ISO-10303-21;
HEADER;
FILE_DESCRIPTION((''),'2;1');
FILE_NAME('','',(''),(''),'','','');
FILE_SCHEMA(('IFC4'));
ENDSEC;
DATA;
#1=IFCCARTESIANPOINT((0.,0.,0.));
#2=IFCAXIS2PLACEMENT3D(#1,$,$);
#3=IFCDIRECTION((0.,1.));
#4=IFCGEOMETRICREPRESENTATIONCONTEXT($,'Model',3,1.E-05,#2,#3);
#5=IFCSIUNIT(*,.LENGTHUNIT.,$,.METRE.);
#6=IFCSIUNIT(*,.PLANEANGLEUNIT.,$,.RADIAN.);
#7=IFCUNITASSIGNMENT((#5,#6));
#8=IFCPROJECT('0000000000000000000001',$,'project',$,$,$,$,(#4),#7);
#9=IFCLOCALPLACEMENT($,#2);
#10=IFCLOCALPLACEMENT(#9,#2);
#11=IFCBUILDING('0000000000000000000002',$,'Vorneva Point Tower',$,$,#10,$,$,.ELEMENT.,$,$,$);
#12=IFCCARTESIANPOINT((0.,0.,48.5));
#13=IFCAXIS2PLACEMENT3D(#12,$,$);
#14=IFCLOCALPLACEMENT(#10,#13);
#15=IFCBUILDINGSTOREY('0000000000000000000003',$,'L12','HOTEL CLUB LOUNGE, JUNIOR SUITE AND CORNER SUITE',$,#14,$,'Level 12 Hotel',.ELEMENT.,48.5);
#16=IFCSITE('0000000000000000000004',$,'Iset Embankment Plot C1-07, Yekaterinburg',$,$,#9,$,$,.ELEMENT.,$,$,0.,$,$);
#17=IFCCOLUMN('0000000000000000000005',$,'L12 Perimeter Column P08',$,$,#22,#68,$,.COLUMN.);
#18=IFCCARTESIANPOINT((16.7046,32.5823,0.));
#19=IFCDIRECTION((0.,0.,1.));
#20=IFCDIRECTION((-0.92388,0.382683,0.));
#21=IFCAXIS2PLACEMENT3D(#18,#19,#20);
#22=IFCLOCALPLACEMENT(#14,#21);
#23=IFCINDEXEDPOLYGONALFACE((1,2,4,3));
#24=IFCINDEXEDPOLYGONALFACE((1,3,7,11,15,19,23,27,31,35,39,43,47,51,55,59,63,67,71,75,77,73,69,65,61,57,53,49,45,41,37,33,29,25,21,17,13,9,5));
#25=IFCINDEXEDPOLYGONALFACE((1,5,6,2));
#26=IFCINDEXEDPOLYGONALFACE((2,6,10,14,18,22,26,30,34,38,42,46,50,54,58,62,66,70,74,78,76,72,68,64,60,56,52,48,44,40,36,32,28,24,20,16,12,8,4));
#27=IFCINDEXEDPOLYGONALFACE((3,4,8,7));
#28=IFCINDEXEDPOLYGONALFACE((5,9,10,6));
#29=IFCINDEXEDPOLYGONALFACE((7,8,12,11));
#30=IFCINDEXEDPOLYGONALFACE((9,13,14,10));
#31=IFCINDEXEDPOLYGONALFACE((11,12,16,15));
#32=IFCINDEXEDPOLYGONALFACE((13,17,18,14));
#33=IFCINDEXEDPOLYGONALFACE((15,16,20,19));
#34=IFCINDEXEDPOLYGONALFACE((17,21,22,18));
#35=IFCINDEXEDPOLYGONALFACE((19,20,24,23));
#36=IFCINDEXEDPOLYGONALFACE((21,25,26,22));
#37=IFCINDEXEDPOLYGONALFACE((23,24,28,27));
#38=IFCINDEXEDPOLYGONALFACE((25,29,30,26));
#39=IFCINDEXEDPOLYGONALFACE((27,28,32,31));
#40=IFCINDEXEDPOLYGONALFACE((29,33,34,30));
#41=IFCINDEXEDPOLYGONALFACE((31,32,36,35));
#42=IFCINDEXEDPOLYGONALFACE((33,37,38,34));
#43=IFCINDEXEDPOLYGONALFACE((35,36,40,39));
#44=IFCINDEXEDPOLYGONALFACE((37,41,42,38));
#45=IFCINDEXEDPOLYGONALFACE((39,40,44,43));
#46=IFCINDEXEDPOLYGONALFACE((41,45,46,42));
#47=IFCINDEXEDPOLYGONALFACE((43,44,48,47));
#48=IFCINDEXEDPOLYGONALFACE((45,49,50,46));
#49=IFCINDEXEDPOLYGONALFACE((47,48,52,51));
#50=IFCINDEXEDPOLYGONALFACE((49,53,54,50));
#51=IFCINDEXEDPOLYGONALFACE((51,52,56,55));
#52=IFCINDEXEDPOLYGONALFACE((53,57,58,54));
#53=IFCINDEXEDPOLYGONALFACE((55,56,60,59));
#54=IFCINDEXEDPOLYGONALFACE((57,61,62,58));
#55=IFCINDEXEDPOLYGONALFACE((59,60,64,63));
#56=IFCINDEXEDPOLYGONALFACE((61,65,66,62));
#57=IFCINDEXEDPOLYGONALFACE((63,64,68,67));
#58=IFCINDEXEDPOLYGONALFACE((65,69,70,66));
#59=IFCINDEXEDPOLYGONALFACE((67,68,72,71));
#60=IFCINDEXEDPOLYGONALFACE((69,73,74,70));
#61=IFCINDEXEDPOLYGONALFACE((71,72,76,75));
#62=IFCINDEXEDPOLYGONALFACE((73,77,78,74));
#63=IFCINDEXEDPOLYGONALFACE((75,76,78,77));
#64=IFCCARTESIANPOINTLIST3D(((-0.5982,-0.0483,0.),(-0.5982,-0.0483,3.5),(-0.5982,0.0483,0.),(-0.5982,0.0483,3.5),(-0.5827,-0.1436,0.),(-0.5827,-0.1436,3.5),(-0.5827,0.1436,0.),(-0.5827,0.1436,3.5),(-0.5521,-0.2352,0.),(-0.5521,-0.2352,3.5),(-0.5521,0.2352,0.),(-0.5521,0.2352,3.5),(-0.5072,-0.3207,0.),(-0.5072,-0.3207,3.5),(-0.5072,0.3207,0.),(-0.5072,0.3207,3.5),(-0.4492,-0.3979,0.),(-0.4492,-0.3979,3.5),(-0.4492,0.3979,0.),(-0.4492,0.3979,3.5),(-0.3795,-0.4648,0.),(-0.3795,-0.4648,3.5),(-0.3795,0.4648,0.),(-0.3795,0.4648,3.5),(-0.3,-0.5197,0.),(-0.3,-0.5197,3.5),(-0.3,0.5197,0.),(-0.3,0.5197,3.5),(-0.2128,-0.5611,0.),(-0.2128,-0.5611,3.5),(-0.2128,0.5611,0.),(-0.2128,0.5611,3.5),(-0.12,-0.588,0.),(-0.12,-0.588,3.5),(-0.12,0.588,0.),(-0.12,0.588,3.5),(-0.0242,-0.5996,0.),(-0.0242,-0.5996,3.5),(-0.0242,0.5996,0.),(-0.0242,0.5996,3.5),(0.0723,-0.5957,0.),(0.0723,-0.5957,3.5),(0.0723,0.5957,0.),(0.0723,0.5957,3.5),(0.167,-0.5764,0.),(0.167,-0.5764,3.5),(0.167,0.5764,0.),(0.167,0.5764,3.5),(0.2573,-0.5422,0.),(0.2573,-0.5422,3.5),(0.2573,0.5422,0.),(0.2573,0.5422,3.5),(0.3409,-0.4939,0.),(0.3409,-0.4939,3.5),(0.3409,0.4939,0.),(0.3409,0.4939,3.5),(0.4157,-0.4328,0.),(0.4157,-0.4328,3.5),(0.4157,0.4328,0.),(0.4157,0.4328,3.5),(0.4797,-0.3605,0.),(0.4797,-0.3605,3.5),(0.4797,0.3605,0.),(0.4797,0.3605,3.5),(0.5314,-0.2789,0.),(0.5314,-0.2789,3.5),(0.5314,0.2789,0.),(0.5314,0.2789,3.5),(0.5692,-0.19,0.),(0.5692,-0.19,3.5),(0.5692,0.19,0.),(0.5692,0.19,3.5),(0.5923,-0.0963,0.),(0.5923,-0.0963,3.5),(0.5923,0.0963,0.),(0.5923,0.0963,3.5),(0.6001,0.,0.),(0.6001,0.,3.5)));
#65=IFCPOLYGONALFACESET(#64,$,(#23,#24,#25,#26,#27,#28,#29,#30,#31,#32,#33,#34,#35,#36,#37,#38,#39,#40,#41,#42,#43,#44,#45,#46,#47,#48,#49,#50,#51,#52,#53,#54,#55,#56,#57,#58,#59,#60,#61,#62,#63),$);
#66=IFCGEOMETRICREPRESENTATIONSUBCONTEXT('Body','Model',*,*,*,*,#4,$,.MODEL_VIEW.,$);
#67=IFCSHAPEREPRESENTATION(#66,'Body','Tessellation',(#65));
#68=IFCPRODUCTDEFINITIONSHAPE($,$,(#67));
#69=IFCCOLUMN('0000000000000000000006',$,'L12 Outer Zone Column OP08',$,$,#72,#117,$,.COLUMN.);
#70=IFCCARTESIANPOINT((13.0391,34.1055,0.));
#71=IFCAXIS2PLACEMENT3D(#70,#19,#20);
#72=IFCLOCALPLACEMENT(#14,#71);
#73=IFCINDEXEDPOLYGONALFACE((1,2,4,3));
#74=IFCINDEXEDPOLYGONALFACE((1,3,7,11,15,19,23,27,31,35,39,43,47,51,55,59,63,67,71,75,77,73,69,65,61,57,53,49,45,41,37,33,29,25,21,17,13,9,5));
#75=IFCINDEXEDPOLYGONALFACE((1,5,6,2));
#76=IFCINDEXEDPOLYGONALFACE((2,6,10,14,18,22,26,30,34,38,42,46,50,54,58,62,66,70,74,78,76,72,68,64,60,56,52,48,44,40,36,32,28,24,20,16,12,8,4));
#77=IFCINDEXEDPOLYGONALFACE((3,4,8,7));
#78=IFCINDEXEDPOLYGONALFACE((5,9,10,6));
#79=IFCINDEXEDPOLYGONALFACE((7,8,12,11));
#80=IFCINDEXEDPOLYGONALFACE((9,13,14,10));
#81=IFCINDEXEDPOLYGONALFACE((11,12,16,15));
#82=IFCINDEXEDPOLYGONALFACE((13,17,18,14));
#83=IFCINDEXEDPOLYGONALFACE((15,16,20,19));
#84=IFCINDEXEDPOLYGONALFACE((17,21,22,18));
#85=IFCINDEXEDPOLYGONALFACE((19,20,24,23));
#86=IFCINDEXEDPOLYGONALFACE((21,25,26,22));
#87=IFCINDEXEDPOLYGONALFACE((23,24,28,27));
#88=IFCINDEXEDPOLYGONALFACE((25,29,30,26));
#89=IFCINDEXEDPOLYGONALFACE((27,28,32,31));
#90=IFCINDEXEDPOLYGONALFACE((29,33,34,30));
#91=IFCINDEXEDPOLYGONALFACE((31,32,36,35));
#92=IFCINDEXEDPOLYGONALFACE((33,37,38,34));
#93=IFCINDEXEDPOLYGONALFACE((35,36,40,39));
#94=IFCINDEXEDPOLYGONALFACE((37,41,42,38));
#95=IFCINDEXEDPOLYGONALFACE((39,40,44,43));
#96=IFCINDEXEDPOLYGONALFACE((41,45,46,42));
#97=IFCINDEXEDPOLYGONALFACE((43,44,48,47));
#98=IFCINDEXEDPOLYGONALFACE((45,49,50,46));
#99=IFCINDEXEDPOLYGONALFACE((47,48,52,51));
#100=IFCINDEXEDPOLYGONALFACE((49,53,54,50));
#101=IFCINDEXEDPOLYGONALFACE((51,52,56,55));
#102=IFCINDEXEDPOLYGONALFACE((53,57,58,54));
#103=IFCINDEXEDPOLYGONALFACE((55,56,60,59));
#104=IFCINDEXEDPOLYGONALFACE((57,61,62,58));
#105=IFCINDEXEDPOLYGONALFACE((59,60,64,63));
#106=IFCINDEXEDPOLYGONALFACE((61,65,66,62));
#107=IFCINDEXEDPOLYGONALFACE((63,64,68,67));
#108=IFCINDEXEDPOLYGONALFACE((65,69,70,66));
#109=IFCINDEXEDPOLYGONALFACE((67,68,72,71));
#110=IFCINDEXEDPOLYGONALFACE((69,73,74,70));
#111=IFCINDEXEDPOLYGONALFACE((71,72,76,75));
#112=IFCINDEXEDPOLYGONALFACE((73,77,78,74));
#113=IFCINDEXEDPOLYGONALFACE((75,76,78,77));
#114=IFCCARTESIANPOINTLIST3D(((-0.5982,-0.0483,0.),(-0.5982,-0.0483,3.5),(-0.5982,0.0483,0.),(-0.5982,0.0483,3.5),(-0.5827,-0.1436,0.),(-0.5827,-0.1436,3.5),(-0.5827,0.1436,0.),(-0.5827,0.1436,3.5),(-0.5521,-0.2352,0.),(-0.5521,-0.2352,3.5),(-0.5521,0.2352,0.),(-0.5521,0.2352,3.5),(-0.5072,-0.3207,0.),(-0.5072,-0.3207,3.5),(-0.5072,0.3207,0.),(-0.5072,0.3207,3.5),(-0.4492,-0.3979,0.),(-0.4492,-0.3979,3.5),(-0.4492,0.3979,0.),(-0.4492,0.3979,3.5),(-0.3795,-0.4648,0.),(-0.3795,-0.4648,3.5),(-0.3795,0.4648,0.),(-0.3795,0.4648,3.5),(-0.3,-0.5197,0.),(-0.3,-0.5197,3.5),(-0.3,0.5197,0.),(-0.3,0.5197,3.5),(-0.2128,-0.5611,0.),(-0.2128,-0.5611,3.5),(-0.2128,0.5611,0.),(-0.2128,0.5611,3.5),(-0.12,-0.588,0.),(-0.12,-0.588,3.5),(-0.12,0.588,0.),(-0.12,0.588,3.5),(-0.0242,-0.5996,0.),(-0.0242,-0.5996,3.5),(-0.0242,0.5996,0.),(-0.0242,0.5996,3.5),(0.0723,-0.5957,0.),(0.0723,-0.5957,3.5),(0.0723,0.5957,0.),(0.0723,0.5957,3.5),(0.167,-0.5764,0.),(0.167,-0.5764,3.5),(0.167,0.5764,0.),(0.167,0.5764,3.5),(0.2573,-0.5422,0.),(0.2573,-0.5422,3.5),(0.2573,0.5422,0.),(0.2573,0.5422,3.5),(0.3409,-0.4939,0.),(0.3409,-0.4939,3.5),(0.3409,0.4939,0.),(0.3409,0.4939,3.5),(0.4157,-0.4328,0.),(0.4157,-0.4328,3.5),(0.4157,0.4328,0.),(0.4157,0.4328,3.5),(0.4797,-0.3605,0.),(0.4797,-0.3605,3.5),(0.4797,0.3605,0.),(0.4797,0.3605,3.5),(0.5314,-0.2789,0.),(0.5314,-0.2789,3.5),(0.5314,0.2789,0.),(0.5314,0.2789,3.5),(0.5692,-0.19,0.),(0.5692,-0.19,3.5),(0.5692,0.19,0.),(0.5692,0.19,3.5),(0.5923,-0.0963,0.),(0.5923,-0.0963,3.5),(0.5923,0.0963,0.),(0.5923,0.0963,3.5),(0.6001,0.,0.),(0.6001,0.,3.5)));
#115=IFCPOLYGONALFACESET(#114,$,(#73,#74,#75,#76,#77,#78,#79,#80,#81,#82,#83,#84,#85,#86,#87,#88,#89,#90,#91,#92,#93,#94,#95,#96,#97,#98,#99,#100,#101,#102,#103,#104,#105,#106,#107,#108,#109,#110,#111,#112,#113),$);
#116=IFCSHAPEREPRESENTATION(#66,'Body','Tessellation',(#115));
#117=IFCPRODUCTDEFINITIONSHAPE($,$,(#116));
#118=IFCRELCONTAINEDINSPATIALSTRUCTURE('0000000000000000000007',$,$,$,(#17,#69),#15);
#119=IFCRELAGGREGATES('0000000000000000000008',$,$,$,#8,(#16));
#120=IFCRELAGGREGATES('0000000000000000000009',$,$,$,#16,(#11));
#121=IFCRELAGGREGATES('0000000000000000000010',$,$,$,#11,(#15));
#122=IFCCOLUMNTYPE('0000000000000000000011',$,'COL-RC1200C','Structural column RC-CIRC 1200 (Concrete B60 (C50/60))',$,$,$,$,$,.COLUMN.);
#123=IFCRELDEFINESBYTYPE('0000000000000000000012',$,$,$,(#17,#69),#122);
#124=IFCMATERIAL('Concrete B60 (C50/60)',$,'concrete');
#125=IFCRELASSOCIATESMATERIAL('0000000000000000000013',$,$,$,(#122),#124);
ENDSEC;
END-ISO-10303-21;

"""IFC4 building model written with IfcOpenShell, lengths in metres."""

from ifc_helpers import new_model, si_unit, direction, frame, origin, origin_2d, place, context, subcontext, project, spatial, circle, extrude, material, material_profile, profile_set, type_object, element, save


model = new_model("IFC4")

# Units and contexts
model_context = context("Model", 3, precision=1e-05, world=origin(), true_north=direction((0.0, 1.0)))
body_context = subcontext(model_context, "Body", "Model", "MODEL_VIEW")
ifc_project = project(units=[si_unit("LENGTHUNIT", "METRE"), si_unit("PLANEANGLEUNIT", "RADIAN")], contexts=[model_context])

# Site, building, storey
site_placement = place(None, origin())
site = spatial("IfcSite", under=ifc_project, at=site_placement, Name="Iset Embankment Plot C1-07, Yekaterinburg", CompositionType="ELEMENT", RefElevation=0.0)
building_placement = place(site_placement, origin())
building = spatial("IfcBuilding", under=site, at=building_placement, Name="Vorneva Point Tower", CompositionType="ELEMENT")
storey_placement = place(building_placement, frame((0.0, 0.0, 48.5)))
storey = spatial("IfcBuildingStorey", under=building, at=storey_placement, Name="L12", Description="HOTEL CLUB LOUNGE, JUNIOR SUITE AND CORNER SUITE", LongName="Level 12 Hotel", CompositionType="ELEMENT", Elevation=48.5)

# Columns
ifc_material_1 = material(Name="Concrete B60 (C50/60)", Category="concrete")
ifc_material_profile_1 = material_profile(ifc_material_1, circle(Radius=0.6001, at=origin_2d()), Name="RC-CIRC 1200")
ifc_profile_set_1 = profile_set([ifc_material_profile_1], Name="Concrete B60 (C50/60)")
column_type_1 = type_object("IfcColumnType", Name="COL-RC1200C", Description="Structural column RC-CIRC 1200 (Concrete B60 (C50/60))", PredefinedType="COLUMN", material=ifc_profile_set_1)
for number, where, z_axis, x_axis, name in (
    (1, (16.7046, 32.5823, 0.0), (0.0, 0.0, 1.0), (-0.92388, 0.382683, 0.0), "L12 Perimeter Column P08"),
    (2, (13.0391, 34.1055, 0.0), (0.0, 0.0, 1.0), (-0.92388, 0.382683, 0.0), "L12 Outer Zone Column OP08"),
):
    element("IfcColumn", number, at=place(storey_placement, frame(where, z_axis=z_axis, x_axis=x_axis)), inside=storey, type_object=column_type_1, Name=name, PredefinedType="COLUMN", context=body_context, shape_type="SweptSolid", body=[
        extrude(circle(Radius=0.6001, at=origin_2d()), origin(), (0.0, 0.0, 1.0), 3.5),
    ])

save(model, "model.ifc")
